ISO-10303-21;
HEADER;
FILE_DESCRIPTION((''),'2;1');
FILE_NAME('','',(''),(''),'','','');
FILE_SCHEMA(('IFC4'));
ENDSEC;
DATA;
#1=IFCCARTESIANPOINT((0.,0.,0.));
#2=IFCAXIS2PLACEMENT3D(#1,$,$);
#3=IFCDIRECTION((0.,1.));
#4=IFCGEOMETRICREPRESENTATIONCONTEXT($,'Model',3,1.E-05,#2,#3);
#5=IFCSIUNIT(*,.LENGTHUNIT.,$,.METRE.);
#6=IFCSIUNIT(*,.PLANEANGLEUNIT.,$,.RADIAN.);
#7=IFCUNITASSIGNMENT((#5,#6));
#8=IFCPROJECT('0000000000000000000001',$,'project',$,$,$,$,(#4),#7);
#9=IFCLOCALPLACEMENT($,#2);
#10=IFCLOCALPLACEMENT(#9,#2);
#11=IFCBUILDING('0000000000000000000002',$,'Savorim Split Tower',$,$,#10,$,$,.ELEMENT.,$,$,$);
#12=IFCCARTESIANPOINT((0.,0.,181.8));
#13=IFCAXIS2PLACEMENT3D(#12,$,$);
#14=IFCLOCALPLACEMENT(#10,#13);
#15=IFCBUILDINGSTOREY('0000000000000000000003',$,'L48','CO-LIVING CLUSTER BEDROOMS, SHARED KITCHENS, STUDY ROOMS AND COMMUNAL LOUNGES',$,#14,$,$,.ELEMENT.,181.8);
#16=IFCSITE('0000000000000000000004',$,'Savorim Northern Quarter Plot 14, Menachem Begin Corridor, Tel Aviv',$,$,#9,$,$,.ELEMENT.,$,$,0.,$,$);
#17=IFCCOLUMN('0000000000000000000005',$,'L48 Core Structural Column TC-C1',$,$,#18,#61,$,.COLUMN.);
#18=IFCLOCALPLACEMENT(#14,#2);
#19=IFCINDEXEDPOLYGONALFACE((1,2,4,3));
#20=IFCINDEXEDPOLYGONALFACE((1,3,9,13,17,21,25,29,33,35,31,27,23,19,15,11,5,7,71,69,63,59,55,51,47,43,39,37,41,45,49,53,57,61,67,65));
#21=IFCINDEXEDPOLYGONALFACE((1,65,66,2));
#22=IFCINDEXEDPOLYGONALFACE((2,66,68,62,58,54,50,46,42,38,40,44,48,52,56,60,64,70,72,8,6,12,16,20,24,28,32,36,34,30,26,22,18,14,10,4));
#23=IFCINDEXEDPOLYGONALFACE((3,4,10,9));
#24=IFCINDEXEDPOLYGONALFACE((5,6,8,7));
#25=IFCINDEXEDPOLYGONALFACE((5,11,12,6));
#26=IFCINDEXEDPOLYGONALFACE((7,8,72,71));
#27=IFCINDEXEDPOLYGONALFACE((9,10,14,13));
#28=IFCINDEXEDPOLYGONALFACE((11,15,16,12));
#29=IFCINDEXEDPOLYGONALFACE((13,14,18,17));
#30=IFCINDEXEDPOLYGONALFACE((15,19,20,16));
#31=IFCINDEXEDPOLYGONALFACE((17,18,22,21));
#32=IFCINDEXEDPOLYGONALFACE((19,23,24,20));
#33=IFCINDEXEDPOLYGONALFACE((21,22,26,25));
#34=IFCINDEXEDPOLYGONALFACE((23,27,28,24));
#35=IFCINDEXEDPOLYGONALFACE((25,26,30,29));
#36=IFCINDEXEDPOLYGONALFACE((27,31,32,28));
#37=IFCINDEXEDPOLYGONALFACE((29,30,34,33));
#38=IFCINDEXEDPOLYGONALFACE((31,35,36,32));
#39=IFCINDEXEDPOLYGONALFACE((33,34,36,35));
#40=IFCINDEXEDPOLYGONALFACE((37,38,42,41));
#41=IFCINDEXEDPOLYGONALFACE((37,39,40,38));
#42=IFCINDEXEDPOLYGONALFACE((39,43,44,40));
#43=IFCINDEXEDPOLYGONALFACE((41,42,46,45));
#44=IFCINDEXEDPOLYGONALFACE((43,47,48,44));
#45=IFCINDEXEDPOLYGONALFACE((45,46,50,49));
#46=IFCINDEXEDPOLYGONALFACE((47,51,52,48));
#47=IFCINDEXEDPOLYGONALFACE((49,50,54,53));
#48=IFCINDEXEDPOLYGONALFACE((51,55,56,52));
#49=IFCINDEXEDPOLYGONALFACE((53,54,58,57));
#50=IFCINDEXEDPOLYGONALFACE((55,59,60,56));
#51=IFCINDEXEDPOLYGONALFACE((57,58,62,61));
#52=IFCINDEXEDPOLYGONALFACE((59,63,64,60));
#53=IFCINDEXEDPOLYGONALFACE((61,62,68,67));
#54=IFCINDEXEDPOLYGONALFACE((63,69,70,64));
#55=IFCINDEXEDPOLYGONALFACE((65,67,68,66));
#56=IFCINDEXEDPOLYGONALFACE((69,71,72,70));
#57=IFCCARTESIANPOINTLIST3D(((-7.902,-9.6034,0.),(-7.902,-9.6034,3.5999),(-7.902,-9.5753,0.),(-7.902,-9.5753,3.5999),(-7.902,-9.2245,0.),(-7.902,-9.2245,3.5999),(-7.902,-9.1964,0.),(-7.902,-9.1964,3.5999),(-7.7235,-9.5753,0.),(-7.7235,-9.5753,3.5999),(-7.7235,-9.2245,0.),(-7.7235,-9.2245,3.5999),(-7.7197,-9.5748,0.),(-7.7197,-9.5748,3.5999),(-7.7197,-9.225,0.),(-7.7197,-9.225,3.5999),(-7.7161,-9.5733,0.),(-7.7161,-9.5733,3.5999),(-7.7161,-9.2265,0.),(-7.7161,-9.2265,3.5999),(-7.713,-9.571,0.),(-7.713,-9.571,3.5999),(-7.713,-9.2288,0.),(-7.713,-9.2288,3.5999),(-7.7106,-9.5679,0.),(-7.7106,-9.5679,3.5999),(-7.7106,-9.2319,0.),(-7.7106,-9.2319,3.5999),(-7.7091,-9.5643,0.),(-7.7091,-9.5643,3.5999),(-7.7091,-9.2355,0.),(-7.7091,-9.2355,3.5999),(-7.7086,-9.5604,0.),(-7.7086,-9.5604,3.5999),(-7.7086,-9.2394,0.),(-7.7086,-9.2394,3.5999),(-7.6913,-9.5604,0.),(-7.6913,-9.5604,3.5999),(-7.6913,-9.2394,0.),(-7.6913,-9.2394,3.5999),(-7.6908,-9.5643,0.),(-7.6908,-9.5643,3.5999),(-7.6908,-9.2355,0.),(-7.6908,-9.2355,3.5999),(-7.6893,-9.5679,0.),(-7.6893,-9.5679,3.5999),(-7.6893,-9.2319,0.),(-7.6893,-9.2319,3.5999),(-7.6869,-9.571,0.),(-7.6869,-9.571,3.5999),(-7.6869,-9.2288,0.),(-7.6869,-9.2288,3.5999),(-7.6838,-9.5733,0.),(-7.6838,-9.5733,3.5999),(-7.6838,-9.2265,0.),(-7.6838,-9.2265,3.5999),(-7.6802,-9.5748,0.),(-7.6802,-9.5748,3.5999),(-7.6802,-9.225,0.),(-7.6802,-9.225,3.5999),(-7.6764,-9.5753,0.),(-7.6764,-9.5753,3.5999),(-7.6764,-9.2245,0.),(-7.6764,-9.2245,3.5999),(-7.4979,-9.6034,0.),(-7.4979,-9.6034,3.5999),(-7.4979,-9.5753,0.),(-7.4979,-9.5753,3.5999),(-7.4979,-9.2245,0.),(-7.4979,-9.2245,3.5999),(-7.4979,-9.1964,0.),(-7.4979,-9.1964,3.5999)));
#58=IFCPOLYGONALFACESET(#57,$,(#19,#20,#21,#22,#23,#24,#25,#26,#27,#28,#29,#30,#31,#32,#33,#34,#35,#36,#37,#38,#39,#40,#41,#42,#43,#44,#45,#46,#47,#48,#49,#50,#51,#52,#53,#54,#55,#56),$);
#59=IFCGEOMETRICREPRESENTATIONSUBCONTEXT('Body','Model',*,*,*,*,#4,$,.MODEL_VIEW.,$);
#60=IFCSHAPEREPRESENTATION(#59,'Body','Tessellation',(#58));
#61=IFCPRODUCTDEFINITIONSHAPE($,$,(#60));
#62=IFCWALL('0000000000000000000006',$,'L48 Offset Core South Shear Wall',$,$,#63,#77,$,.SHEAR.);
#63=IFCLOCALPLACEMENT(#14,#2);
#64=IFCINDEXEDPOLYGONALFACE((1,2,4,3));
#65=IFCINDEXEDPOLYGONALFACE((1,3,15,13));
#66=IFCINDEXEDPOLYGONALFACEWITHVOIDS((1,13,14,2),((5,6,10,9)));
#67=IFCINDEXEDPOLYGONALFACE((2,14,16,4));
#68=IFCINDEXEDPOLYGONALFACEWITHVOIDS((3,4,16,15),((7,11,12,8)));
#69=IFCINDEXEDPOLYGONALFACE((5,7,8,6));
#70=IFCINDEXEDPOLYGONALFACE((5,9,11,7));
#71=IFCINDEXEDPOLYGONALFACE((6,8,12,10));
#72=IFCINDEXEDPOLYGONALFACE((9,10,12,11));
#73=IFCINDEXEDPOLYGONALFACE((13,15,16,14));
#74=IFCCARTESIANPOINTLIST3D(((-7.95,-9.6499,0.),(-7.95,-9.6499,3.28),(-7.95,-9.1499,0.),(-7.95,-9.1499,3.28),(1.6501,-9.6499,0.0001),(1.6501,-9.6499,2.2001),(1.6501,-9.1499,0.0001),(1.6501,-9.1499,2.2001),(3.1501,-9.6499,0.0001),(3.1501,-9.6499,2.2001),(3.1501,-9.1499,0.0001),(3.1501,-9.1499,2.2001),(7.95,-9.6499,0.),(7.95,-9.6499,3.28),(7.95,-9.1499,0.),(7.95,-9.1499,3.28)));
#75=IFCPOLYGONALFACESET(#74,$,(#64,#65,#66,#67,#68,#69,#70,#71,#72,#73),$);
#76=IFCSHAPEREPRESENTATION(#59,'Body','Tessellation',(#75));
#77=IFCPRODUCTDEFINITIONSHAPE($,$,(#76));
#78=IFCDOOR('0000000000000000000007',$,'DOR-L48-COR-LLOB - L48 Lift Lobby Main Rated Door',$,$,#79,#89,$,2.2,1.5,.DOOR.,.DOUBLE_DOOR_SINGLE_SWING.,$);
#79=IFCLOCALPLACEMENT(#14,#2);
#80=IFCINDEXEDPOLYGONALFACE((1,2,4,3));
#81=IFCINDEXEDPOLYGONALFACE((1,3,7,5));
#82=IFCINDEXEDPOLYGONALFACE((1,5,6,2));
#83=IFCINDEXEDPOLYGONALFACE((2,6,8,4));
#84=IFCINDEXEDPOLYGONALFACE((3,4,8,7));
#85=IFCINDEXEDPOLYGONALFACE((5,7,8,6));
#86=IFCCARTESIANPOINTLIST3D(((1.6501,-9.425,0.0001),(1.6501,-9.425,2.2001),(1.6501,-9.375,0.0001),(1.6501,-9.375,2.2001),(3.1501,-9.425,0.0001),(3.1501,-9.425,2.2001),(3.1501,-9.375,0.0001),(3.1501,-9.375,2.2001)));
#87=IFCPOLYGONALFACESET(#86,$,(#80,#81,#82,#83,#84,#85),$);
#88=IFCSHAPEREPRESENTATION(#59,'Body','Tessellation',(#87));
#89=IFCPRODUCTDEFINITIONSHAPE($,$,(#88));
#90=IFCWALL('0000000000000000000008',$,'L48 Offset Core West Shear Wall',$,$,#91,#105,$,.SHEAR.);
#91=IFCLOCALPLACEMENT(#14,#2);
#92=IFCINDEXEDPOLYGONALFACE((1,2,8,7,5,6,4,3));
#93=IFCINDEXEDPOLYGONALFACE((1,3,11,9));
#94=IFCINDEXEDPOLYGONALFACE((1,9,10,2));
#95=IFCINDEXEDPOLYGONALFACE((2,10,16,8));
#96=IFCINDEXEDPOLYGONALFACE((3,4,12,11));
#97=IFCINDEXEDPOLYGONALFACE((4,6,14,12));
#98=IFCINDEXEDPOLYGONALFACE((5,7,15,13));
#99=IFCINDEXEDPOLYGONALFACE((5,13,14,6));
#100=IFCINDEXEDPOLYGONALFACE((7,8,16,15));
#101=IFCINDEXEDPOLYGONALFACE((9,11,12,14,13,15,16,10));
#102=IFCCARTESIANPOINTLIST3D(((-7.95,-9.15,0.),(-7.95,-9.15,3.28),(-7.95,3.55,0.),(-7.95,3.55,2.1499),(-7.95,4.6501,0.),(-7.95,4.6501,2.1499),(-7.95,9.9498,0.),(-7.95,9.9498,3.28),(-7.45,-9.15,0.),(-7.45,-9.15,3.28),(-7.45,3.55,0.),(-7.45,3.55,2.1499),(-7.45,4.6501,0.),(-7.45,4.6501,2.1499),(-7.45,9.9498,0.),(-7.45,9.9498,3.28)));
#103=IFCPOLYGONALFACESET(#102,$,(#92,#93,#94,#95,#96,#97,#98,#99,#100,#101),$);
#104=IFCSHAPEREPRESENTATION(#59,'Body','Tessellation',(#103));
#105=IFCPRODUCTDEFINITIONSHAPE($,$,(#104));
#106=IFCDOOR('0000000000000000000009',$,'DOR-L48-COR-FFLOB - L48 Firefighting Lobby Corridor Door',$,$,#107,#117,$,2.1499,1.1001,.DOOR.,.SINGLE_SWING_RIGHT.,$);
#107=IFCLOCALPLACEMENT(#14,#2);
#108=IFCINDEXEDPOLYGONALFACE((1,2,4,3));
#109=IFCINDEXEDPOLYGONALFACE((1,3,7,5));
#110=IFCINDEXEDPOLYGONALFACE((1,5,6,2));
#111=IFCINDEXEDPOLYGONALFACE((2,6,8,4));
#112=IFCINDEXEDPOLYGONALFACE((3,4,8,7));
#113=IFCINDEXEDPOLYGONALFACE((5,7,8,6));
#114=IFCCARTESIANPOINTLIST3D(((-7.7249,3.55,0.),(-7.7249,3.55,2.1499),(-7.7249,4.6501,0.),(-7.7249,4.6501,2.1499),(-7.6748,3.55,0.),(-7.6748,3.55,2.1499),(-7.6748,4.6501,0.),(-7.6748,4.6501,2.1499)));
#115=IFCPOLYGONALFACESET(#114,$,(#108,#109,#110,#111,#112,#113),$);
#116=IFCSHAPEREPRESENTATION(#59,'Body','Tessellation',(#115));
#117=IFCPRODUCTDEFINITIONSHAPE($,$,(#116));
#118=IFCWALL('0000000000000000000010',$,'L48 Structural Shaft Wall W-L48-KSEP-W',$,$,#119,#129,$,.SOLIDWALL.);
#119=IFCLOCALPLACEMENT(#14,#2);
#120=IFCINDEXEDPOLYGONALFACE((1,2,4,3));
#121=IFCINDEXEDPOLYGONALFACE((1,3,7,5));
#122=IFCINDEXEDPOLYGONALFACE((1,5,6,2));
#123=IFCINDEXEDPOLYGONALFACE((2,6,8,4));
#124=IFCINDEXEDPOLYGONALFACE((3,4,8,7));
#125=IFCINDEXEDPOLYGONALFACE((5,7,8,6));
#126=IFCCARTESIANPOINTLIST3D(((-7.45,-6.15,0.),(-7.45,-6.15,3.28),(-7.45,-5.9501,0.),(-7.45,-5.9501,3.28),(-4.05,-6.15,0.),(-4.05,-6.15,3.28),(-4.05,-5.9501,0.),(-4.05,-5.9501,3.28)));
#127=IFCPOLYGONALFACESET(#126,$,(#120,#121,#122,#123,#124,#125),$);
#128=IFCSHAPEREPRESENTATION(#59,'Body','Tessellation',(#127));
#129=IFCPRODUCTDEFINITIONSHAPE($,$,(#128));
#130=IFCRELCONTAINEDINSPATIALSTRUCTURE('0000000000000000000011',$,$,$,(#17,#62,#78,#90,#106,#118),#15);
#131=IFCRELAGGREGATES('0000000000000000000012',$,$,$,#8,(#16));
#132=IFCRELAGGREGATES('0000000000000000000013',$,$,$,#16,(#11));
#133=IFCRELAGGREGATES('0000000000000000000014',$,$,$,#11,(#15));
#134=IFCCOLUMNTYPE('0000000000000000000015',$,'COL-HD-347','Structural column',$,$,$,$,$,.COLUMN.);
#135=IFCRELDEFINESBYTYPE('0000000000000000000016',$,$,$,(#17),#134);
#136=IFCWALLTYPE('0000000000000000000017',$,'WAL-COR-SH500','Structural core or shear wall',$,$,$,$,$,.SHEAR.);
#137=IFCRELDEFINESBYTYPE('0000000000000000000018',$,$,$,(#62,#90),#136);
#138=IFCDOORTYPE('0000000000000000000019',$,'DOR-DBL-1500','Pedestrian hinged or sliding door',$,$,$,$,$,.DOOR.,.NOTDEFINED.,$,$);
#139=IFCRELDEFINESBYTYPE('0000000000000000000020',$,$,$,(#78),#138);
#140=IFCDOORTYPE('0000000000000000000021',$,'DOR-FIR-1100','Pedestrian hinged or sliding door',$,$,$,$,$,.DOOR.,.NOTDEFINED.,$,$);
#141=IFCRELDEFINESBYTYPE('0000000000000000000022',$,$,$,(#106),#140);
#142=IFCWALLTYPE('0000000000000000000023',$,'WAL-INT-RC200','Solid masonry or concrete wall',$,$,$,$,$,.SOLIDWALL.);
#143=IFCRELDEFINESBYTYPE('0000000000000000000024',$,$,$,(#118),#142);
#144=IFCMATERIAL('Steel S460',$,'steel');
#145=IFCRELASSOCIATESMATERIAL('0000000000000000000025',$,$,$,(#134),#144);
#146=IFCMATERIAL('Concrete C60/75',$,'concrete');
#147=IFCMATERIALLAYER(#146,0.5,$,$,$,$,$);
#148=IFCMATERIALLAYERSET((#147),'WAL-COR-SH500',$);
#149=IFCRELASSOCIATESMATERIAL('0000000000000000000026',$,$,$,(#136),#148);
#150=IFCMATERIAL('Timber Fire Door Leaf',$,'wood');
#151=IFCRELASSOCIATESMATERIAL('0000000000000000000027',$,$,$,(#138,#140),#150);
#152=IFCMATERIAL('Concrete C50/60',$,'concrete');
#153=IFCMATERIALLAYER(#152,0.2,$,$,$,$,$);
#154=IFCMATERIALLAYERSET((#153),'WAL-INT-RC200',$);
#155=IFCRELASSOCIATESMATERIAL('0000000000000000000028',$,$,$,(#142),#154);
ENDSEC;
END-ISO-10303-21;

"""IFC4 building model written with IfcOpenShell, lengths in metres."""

from ifc_helpers import new_model, si_unit, direction, frame, frame_2d, origin, origin_2d, place, context, subcontext, project, spatial, rectangle, i_section, extrude, material, layer, layer_set, material_profile, profile_set, type_object, element, fill, save


model = new_model("IFC4")

# Units and contexts
model_context = context("Model", 3, precision=1e-05, world=origin(), true_north=direction((0.0, 1.0)))
body_context = subcontext(model_context, "Body", "Model", "MODEL_VIEW")
ifc_project = project(units=[si_unit("LENGTHUNIT", "METRE"), si_unit("PLANEANGLEUNIT", "RADIAN")], contexts=[model_context])

# Site, building, storey
site_placement = place(None, origin())
site = spatial("IfcSite", under=ifc_project, at=site_placement, Name="Savorim Northern Quarter Plot 14, Menachem Begin Corridor, Tel Aviv", CompositionType="ELEMENT", RefElevation=0.0)
building_placement = place(site_placement, origin())
building = spatial("IfcBuilding", under=site, at=building_placement, Name="Savorim Split Tower", CompositionType="ELEMENT")
storey_placement = place(building_placement, frame((0.0, 0.0, 181.8)))
storey = spatial("IfcBuildingStorey", under=building, at=storey_placement, Name="L48", Description="CO-LIVING CLUSTER BEDROOMS, SHARED KITCHENS, STUDY ROOMS AND COMMUNAL LOUNGES", CompositionType="ELEMENT", Elevation=181.8)

# Column
ifc_material_1 = material(Name="Steel S460", Category="steel")
ifc_material_profile = material_profile(ifc_material_1, i_section(OverallWidth=0.4041, OverallDepth=0.407, WebThickness=0.0173, FlangeThickness=0.0281, FilletRadius=0.0149, at=origin_2d()), Name="HD 400x347")
ifc_profile_set = profile_set([ifc_material_profile], Name="Steel S460")
column_type = type_object("IfcColumnType", Name="COL-HD-347", Description="Structural column", PredefinedType="COLUMN", material=ifc_profile_set)
column_placement = place(storey_placement, frame((-7.7, -9.3999, 0.0), z_axis=(0.0, 0.0, 1.0), x_axis=(1.0, 0.0, 0.0)))
element("IfcColumn", 1, at=column_placement, inside=storey, type_object=column_type, Name="L48 Core Structural Column TC-C1", PredefinedType="COLUMN", context=body_context, shape_type="SweptSolid", body=[
    extrude(i_section(OverallWidth=0.4041, OverallDepth=0.407, WebThickness=0.0173, FlangeThickness=0.0281, FilletRadius=0.0149, at=origin_2d()), origin(), (0.0, 0.0, 1.0), 3.5999),
])

# Walls, openings, doors
ifc_material_2 = material(Name="Concrete C60/75", Category="concrete")
ifc_layer_1 = layer(ifc_material_2, 0.5)
ifc_layer_set_1 = layer_set([ifc_layer_1], Name="WAL-COR-SH500")
wall_type_1 = type_object("IfcWallType", Name="WAL-COR-SH500", Description="Structural core or shear wall", PredefinedType="SHEAR", material=ifc_layer_set_1)
wall_1_placement = place(storey_placement, frame((-7.95, -9.3999, 0.0), z_axis=(0.0, 0.0, 1.0), x_axis=(1.0, 0.0, 0.0)))
wall_1 = element("IfcWall", 2, at=wall_1_placement, inside=storey, type_object=wall_type_1, Name="L48 Offset Core South Shear Wall", PredefinedType="SHEAR", context=body_context, shape_type="SweptSolid", body=[
    extrude(rectangle(XDim=15.8999, YDim=0.5, at=frame_2d((7.95, 0.0))), origin(), (0.0, 0.0, 1.0), 3.28),
])
opening_1_placement = place(wall_1_placement, frame((9.6001, 0.0, 0.0)))
opening_1 = element("IfcOpeningElement", 3, at=opening_1_placement, cuts=wall_1, PredefinedType="OPENING", context=body_context, shape_type="SweptSolid", body=[
    extrude(rectangle(XDim=1.5, YDim=2.2, at=frame_2d((0.75, 1.1001))), frame((0.0, 0.26, 0.0), z_axis=(0.0, -1.0, 0.0), x_axis=(1.0, 0.0, 0.0)), (0.0, 0.0, 1.0), 0.52),
])
ifc_material_3 = material(Name="Timber Fire Door Leaf", Category="wood")
door_type_1 = type_object("IfcDoorType", Name="DOR-DBL-1500", Description="Pedestrian hinged or sliding door", OperationType="NOTDEFINED", PredefinedType="DOOR", material=ifc_material_3)
door_1_placement = place(opening_1_placement, origin())
door_1 = element("IfcDoor", 4, at=door_1_placement, inside=storey, type_object=door_type_1, Name="DOR-L48-COR-LLOB - L48 Lift Lobby Main Rated Door", OperationType="DOUBLE_DOOR_SINGLE_SWING", OverallHeight=2.2, OverallWidth=1.5, PredefinedType="DOOR", context=body_context, shape_type="SweptSolid", body=[
    extrude(rectangle(XDim=1.5, YDim=2.2, at=frame_2d((0.75, 1.1001))), frame((0.0, 0.0249, 0.0), z_axis=(0.0, -1.0, 0.0), x_axis=(1.0, 0.0, 0.0)), (0.0, 0.0, 1.0), 0.05),
])
fill(opening_1, door_1)
wall_2_placement = place(storey_placement, frame((-7.7, -9.1499, 0.0), z_axis=(0.0, 0.0, 1.0), x_axis=(0.0, 1.0, 0.0)))
wall_2 = element("IfcWall", 5, at=wall_2_placement, inside=storey, type_object=wall_type_1, Name="L48 Offset Core West Shear Wall", PredefinedType="SHEAR", context=body_context, shape_type="SweptSolid", body=[
    extrude(rectangle(XDim=19.0999, YDim=0.5, at=frame_2d((9.5498, 0.0))), origin(), (0.0, 0.0, 1.0), 3.28),
])
opening_2_placement = place(wall_2_placement, frame((12.7, 0.0, 0.0)))
opening_2 = element("IfcOpeningElement", 6, at=opening_2_placement, cuts=wall_2, PredefinedType="OPENING", context=body_context, shape_type="SweptSolid", body=[
    extrude(rectangle(XDim=1.1001, YDim=2.1499, at=frame_2d((0.55, 1.075))), frame((0.0, 0.26, 0.0), z_axis=(0.0, -1.0, 0.0), x_axis=(1.0, 0.0, 0.0)), (0.0, 0.0, 1.0), 0.52),
])
door_type_2 = type_object("IfcDoorType", Name="DOR-FIR-1100", Description="Pedestrian hinged or sliding door", OperationType="NOTDEFINED", PredefinedType="DOOR", material=ifc_material_3)
door_2_placement = place(opening_2_placement, origin())
door_2 = element("IfcDoor", 7, at=door_2_placement, inside=storey, type_object=door_type_2, Name="DOR-L48-COR-FFLOB - L48 Firefighting Lobby Corridor Door", OperationType="SINGLE_SWING_RIGHT", OverallHeight=2.1499, OverallWidth=1.1001, PredefinedType="DOOR", context=body_context, shape_type="SweptSolid", body=[
    extrude(rectangle(XDim=1.1001, YDim=2.1499, at=frame_2d((0.55, 1.075))), frame((0.0, 0.0249, 0.0), z_axis=(0.0, -1.0, 0.0), x_axis=(1.0, 0.0, 0.0)), (0.0, 0.0, 1.0), 0.05),
])
fill(opening_2, door_2)

# Wall
ifc_material_4 = material(Name="Concrete C50/60", Category="concrete")
ifc_layer_2 = layer(ifc_material_4, 0.2)
ifc_layer_set_2 = layer_set([ifc_layer_2], Name="WAL-INT-RC200")
wall_type_2 = type_object("IfcWallType", Name="WAL-INT-RC200", Description="Solid masonry or concrete wall", PredefinedType="SOLIDWALL", material=ifc_layer_set_2)
wall_3_placement = place(storey_placement, frame((-7.45, -6.05, 0.0), z_axis=(0.0, 0.0, 1.0), x_axis=(1.0, 0.0, 0.0)))
element("IfcWall", 8, at=wall_3_placement, inside=storey, type_object=wall_type_2, Name="L48 Structural Shaft Wall W-L48-KSEP-W", PredefinedType="SOLIDWALL", context=body_context, shape_type="SweptSolid", body=[
    extrude(rectangle(XDim=3.3999, YDim=0.2, at=frame_2d((1.7, 0.0))), origin(), (0.0, 0.0, 1.0), 3.28),
])

save(model, "model.ifc")
